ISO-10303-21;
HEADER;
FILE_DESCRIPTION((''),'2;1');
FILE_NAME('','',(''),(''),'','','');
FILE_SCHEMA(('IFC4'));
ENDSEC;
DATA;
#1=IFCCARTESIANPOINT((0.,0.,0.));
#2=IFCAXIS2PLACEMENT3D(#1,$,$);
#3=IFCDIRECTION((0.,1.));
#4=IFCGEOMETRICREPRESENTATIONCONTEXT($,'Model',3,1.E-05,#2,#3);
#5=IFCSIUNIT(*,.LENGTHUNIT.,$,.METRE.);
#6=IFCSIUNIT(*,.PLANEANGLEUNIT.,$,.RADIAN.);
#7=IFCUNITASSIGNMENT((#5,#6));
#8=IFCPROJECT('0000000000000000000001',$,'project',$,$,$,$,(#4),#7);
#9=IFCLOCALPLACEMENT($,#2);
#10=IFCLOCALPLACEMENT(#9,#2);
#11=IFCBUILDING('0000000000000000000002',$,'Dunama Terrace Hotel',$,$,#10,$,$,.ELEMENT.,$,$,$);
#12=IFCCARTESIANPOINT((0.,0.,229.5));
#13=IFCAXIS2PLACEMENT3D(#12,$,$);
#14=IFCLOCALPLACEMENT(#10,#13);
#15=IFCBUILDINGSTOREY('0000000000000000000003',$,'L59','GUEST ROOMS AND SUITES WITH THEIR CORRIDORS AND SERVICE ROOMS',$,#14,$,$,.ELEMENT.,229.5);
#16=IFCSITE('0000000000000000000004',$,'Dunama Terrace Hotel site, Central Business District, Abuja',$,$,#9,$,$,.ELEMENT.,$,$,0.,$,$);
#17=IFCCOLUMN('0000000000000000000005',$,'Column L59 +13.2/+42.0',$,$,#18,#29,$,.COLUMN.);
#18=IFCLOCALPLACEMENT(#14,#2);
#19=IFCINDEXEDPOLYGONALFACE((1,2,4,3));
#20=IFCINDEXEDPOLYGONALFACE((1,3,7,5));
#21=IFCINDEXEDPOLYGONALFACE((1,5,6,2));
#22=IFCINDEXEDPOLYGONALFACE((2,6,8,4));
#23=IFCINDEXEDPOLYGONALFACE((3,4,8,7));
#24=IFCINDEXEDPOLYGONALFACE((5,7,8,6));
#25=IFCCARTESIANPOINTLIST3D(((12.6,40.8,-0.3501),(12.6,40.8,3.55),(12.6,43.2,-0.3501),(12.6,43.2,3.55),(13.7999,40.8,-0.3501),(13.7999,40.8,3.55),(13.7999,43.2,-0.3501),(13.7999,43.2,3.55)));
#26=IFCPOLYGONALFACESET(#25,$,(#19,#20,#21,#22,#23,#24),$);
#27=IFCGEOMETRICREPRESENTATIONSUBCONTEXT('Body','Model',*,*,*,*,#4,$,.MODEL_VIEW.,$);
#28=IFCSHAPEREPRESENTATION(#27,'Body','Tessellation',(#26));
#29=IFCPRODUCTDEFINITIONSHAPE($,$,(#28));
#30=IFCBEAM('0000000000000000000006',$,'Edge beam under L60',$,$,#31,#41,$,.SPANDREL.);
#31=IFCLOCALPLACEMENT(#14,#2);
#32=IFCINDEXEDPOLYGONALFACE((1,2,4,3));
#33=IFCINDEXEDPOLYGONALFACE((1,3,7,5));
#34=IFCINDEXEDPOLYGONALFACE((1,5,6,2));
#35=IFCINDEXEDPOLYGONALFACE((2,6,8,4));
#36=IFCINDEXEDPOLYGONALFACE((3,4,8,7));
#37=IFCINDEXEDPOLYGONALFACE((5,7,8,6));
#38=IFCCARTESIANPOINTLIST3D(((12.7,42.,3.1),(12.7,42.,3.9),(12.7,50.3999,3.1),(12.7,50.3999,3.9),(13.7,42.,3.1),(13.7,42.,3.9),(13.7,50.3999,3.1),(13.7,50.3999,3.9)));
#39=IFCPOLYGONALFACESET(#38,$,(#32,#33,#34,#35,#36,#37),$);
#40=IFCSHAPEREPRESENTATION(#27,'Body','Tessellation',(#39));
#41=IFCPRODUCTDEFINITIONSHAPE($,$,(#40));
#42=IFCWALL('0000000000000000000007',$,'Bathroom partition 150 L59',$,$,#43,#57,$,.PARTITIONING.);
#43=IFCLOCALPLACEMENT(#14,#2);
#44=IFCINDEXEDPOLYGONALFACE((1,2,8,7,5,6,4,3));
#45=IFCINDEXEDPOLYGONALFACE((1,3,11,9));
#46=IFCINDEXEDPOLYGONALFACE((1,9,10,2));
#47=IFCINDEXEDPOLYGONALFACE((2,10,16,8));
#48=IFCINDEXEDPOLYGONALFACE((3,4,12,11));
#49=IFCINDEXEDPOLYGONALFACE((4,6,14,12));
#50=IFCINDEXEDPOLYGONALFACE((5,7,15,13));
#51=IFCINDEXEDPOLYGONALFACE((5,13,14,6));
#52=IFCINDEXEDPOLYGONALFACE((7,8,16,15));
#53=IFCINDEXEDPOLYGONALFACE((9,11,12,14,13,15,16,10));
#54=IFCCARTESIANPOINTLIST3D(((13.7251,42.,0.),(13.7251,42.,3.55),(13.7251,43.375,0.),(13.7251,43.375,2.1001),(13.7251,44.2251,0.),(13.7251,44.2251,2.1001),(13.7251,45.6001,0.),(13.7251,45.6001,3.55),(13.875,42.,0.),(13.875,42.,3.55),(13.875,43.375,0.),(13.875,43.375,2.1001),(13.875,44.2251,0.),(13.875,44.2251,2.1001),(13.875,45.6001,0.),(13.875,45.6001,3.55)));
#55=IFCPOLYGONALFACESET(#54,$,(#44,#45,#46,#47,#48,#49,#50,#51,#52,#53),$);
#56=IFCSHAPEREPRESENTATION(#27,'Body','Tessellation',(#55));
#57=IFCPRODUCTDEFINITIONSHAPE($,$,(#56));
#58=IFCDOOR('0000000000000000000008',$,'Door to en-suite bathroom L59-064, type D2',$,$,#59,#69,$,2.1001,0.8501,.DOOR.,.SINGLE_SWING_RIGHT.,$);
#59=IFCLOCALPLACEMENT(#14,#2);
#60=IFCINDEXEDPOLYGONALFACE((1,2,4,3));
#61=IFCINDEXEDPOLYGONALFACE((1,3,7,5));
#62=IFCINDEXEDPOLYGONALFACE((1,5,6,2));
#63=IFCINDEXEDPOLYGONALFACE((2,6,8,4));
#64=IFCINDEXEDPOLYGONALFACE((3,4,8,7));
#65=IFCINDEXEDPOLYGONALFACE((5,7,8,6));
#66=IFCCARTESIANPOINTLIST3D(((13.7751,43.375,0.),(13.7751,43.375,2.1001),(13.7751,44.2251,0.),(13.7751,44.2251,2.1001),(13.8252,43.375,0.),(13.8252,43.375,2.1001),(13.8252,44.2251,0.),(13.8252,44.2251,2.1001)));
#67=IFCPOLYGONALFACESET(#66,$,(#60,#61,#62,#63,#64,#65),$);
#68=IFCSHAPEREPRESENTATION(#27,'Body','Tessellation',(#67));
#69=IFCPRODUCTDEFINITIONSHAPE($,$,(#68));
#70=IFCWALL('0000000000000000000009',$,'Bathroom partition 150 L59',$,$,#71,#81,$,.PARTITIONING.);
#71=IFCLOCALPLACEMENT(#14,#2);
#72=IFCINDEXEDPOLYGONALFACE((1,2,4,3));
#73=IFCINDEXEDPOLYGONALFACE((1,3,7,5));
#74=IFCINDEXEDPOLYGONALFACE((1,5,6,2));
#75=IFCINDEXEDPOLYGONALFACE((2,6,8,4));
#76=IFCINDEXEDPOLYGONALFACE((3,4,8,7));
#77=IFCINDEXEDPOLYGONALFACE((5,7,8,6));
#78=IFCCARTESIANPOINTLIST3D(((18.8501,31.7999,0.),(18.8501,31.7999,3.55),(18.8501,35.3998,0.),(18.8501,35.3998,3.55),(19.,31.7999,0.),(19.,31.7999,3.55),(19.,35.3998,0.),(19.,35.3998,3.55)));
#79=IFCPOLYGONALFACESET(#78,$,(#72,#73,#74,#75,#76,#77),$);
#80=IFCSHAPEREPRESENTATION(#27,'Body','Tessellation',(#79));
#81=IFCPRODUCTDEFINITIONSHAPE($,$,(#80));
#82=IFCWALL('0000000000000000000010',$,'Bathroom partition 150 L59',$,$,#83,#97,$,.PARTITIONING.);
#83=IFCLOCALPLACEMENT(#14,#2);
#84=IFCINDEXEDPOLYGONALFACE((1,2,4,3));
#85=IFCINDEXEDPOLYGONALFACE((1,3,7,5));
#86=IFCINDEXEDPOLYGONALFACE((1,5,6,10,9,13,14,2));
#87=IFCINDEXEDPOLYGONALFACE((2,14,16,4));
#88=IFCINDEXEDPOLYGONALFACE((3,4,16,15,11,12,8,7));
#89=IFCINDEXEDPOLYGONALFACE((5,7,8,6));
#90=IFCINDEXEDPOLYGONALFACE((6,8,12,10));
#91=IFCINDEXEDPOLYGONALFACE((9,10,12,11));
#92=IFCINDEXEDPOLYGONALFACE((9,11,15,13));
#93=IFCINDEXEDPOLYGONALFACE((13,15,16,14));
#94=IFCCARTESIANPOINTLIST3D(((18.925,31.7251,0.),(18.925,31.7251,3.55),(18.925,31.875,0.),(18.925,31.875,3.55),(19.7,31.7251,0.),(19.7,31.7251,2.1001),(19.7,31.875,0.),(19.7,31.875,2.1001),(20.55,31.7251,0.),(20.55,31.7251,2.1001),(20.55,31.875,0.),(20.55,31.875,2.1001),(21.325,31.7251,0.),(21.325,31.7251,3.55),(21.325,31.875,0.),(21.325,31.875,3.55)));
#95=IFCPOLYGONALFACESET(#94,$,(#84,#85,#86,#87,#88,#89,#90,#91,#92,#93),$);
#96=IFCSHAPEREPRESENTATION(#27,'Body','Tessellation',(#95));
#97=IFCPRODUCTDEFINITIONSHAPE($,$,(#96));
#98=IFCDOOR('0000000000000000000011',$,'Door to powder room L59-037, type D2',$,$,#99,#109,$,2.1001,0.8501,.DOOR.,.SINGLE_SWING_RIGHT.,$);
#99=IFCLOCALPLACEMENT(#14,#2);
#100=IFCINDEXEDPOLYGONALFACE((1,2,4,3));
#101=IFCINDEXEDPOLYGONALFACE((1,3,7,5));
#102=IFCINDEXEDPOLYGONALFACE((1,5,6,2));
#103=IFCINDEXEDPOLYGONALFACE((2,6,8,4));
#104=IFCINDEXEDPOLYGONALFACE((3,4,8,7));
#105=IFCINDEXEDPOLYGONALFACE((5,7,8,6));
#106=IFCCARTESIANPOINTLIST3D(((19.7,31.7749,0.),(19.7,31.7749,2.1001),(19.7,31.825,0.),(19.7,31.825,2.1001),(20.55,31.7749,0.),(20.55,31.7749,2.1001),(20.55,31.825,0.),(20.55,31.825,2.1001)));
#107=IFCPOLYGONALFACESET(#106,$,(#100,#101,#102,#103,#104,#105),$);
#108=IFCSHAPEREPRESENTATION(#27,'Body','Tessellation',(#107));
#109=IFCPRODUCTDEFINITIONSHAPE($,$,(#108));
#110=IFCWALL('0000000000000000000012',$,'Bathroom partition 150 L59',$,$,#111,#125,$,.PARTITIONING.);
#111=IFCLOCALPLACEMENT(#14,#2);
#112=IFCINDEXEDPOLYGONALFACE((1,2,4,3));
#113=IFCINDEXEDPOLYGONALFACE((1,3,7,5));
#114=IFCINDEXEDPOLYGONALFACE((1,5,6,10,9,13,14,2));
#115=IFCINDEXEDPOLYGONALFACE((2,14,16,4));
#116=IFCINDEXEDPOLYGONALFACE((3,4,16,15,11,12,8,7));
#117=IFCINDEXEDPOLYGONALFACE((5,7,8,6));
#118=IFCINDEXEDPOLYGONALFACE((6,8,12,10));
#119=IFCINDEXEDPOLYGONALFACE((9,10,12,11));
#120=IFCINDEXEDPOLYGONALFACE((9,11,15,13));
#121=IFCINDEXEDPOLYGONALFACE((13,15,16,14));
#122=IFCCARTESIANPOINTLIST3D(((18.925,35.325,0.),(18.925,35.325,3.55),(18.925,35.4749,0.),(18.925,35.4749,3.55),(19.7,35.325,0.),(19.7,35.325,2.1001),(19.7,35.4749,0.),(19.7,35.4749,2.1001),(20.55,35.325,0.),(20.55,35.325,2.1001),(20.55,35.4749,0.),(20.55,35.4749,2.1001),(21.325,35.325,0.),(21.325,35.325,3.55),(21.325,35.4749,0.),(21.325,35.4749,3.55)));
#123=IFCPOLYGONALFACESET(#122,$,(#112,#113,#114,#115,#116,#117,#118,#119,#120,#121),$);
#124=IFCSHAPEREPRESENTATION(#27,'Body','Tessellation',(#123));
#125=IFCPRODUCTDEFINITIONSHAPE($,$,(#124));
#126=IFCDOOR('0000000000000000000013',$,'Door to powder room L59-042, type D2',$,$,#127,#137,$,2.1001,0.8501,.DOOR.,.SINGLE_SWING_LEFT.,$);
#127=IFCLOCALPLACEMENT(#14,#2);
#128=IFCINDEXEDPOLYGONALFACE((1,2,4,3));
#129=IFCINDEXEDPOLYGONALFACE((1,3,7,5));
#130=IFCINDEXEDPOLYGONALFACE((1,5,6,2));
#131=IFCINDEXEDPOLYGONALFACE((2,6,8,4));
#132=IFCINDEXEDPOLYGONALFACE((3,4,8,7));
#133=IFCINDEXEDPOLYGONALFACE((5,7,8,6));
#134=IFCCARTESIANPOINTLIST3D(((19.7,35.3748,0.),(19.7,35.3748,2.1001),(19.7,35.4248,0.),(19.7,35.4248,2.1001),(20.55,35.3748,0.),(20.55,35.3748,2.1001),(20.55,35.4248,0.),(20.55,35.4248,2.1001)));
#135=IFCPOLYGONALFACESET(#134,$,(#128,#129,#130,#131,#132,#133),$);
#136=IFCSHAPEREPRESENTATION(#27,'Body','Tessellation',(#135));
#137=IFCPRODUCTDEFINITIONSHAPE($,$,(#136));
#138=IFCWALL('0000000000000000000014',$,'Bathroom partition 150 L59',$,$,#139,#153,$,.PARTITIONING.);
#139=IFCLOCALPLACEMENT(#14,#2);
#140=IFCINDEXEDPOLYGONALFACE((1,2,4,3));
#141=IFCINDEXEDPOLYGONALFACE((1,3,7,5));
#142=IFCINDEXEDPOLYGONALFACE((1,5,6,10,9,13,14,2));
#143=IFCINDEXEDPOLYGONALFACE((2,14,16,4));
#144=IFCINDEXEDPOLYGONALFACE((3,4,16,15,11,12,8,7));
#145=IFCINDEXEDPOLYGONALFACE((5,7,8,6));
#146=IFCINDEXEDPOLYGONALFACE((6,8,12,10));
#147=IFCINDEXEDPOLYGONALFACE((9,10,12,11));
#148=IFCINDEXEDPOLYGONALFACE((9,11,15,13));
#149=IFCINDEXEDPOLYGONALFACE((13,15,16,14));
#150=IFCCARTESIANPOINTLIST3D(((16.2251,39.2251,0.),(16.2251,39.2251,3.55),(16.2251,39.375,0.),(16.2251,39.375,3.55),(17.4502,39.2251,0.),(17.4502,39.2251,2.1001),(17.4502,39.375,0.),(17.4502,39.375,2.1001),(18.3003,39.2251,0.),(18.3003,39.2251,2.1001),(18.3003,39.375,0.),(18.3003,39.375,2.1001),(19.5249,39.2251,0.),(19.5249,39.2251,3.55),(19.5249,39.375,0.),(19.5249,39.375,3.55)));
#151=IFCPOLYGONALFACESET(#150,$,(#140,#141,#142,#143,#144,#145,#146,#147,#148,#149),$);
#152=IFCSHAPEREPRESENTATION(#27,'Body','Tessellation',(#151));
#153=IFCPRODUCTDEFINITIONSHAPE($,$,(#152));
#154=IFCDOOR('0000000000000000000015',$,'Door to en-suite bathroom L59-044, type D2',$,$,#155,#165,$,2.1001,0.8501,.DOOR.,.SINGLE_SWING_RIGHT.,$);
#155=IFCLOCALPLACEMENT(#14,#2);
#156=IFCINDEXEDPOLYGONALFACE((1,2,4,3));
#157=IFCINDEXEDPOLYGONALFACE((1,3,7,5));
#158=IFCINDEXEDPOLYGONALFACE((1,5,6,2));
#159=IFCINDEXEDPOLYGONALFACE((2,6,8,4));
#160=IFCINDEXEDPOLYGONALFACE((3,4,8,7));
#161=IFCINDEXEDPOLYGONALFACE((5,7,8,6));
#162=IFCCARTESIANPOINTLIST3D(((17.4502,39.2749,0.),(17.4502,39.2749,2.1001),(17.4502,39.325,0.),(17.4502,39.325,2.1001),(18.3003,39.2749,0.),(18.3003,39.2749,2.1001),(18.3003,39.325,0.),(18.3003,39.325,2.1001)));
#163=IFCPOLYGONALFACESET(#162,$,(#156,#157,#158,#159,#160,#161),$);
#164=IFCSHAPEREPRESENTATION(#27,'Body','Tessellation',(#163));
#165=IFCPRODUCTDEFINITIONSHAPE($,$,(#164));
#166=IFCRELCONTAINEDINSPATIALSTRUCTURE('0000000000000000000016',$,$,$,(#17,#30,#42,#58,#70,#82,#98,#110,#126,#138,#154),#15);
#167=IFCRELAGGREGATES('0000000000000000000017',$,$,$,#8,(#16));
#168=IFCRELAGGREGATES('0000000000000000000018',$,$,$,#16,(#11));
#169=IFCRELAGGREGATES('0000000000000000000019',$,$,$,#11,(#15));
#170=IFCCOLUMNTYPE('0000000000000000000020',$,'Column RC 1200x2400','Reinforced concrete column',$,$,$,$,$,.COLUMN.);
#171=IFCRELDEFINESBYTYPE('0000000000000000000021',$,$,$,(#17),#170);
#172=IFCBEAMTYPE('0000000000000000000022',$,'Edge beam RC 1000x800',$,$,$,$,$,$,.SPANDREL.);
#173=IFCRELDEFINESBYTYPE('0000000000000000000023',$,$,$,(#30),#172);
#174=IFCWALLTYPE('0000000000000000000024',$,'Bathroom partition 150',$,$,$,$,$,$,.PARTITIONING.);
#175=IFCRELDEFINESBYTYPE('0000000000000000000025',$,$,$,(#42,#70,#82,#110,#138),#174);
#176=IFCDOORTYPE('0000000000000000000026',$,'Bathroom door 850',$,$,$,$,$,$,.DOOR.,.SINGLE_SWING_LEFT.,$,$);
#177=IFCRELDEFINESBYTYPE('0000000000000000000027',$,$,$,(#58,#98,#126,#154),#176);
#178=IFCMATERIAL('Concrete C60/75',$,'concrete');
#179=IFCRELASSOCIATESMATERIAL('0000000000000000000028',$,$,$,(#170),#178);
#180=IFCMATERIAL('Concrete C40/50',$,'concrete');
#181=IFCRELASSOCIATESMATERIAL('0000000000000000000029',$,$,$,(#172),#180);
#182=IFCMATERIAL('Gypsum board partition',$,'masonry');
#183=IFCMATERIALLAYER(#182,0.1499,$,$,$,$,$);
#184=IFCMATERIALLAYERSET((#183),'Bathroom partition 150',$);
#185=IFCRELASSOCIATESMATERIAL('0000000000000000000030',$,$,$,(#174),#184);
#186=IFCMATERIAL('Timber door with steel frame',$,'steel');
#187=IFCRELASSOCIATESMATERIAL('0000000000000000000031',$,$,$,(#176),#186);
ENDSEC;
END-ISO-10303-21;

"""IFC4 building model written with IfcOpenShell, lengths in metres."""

from ifc_helpers import new_model, si_unit, direction, frame, frame_2d, origin, origin_2d, place, context, subcontext, project, spatial, rectangle, extrude, material, layer, layer_set, material_profile, profile_set, type_object, element, fill, save


model = new_model("IFC4")

# Units and contexts
model_context = context("Model", 3, precision=1e-05, world=origin(), true_north=direction((0.0, 1.0)))
body_context = subcontext(model_context, "Body", "Model", "MODEL_VIEW")
ifc_project = project(units=[si_unit("LENGTHUNIT", "METRE"), si_unit("PLANEANGLEUNIT", "RADIAN")], contexts=[model_context])

# Site, building, storey
site_placement = place(None, origin())
site = spatial("IfcSite", under=ifc_project, at=site_placement, Name="Dunama Terrace Hotel site, Central Business District, Abuja", CompositionType="ELEMENT", RefElevation=0.0)
building_placement = place(site_placement, origin())
building = spatial("IfcBuilding", under=site, at=building_placement, Name="Dunama Terrace Hotel", CompositionType="ELEMENT")
storey_placement = place(building_placement, frame((0.0, 0.0, 229.5)))
storey = spatial("IfcBuildingStorey", under=building, at=storey_placement, Name="L59", Description="GUEST ROOMS AND SUITES WITH THEIR CORRIDORS AND SERVICE ROOMS", CompositionType="ELEMENT", Elevation=229.5)

# Column
ifc_material_1 = material(Name="Concrete C60/75", Category="concrete")
ifc_material_profile_1 = material_profile(ifc_material_1, rectangle(XDim=1.2, YDim=2.3999, at=origin_2d()), Name="RC 1200x2400")
ifc_profile_set_1 = profile_set([ifc_material_profile_1], Name="Concrete C60/75")
column_type = type_object("IfcColumnType", Name="Column RC 1200x2400", Description="Reinforced concrete column", PredefinedType="COLUMN", material=ifc_profile_set_1)
column_placement = place(storey_placement, frame((13.2, 42.0, -0.3501), z_axis=(0.0, 0.0, 1.0), x_axis=(1.0, 0.0, 0.0)))
element("IfcColumn", 1, at=column_placement, inside=storey, type_object=column_type, Name="Column L59 +13.2/+42.0", PredefinedType="COLUMN", context=body_context, shape_type="SweptSolid", body=[
    extrude(rectangle(XDim=1.2, YDim=2.3999, at=origin_2d()), origin(), (0.0, 0.0, 1.0), 3.9001),
])

# Beam
ifc_material_2 = material(Name="Concrete C40/50", Category="concrete")
ifc_material_profile_2 = material_profile(ifc_material_2, rectangle(XDim=1.0, YDim=0.8, at=origin_2d()), Name="RC 1000x800")
ifc_profile_set_2 = profile_set([ifc_material_profile_2], Name="Concrete C40/50")
beam_type = type_object("IfcBeamType", Name="Edge beam RC 1000x800", PredefinedType="SPANDREL", material=ifc_profile_set_2)
beam_placement = place(storey_placement, frame((13.2, 42.0, 3.5), z_axis=(0.0, 1.0, 0.0), x_axis=(-1.0, 0.0, 0.0)))
element("IfcBeam", 2, at=beam_placement, inside=storey, type_object=beam_type, Name="Edge beam under L60", PredefinedType="SPANDREL", context=body_context, shape_type="SweptSolid", body=[
    extrude(rectangle(XDim=1.0, YDim=0.8, at=origin_2d()), origin(), (0.0, 0.0, 1.0), 8.3999),
])

# Wall, opening, door
ifc_material_3 = material(Name="Gypsum board partition", Category="masonry")
ifc_layer_1 = layer(ifc_material_3, 0.1499)
ifc_layer_set_1 = layer_set([ifc_layer_1], Name="Bathroom partition 150")
wall_type_1 = type_object("IfcWallType", Name="Bathroom partition 150", PredefinedType="PARTITIONING", material=ifc_layer_set_1)
wall_1_placement = place(storey_placement, frame((13.8, 42.0, 0.0), z_axis=(0.0, 0.0, 1.0), x_axis=(0.0, 1.0, 0.0)))
wall_1 = element("IfcWall", 3, at=wall_1_placement, inside=storey, type_object=wall_type_1, Name="Bathroom partition 150 L59", PredefinedType="PARTITIONING", context=body_context, shape_type="SweptSolid", body=[
    extrude(rectangle(XDim=3.6001, YDim=0.1499, at=frame_2d((1.8, 0.0))), origin(), (0.0, 0.0, 1.0), 3.55),
])
opening_1_placement = place(wall_1_placement, frame((1.375, 0.0, 0.0)))
opening_1 = element("IfcOpeningElement", 4, at=opening_1_placement, cuts=wall_1, PredefinedType="OPENING", context=body_context, shape_type="SweptSolid", body=[
    extrude(rectangle(XDim=0.8501, YDim=2.1001, at=frame_2d((0.425, 1.05))), frame((0.0, 0.085, 0.0), z_axis=(0.0, -1.0, 0.0), x_axis=(1.0, 0.0, 0.0)), (0.0, 0.0, 1.0), 0.1699),
])
ifc_material_4 = material(Name="Timber door with steel frame", Category="steel")
door_type_1 = type_object("IfcDoorType", Name="Bathroom door 850", OperationType="SINGLE_SWING_LEFT", PredefinedType="DOOR", material=ifc_material_4)
door_1_placement = place(opening_1_placement, frame((0.8501, 0.0, 0.0), z_axis=(0.0, 0.0, 1.0), x_axis=(-1.0, 0.0, 0.0)))
door_1 = element("IfcDoor", 5, at=door_1_placement, inside=storey, type_object=door_type_1, Name="Door to en-suite bathroom L59-064, type D2", OperationType="SINGLE_SWING_RIGHT", OverallHeight=2.1001, OverallWidth=0.8501, PredefinedType="DOOR", context=body_context, shape_type="SweptSolid", body=[
    extrude(rectangle(XDim=0.8501, YDim=2.1001, at=frame_2d((0.425, 1.05))), frame((0.0, 0.0251, 0.0), z_axis=(0.0, -1.0, 0.0), x_axis=(1.0, 0.0, 0.0)), (0.0, 0.0, 1.0), 0.05),
])
fill(opening_1, door_1)

# Wall
wall_2_placement = place(storey_placement, frame((18.925, 31.8, 0.0), z_axis=(0.0, 0.0, 1.0), x_axis=(0.0, 1.0, 0.0)))
element("IfcWall", 6, at=wall_2_placement, inside=storey, type_object=wall_type_1, Name="Bathroom partition 150 L59", PredefinedType="PARTITIONING", context=body_context, shape_type="SweptSolid", body=[
    extrude(rectangle(XDim=3.5999, YDim=0.1499, at=frame_2d((1.7998, 0.0))), origin(), (0.0, 0.0, 1.0), 3.55),
])

# Walls, openings, doors
wall_3_placement = place(storey_placement, frame((18.925, 31.8, 0.0), z_axis=(0.0, 0.0, 1.0), x_axis=(1.0, 0.0, 0.0)))
wall_3 = element("IfcWall", 7, at=wall_3_placement, inside=storey, type_object=wall_type_1, Name="Bathroom partition 150 L59", PredefinedType="PARTITIONING", context=body_context, shape_type="SweptSolid", body=[
    extrude(rectangle(XDim=2.3999, YDim=0.1499, at=frame_2d((1.2, 0.0))), origin(), (0.0, 0.0, 1.0), 3.55),
])
opening_2_placement = place(wall_3_placement, frame((0.7749, 0.0, 0.0)))
opening_2 = element("IfcOpeningElement", 8, at=opening_2_placement, cuts=wall_3, PredefinedType="OPENING", context=body_context, shape_type="SweptSolid", body=[
    extrude(rectangle(XDim=0.8501, YDim=2.1001, at=frame_2d((0.425, 1.05))), frame((0.0, 0.085, 0.0), z_axis=(0.0, -1.0, 0.0), x_axis=(1.0, 0.0, 0.0)), (0.0, 0.0, 1.0), 0.1699),
])
door_2_placement = place(opening_2_placement, origin())
door_2 = element("IfcDoor", 9, at=door_2_placement, inside=storey, type_object=door_type_1, Name="Door to powder room L59-037, type D2", OperationType="SINGLE_SWING_RIGHT", OverallHeight=2.1001, OverallWidth=0.8501, PredefinedType="DOOR", context=body_context, shape_type="SweptSolid", body=[
    extrude(rectangle(XDim=0.8501, YDim=2.1001, at=frame_2d((0.425, 1.05))), frame((0.0, 0.0249, 0.0), z_axis=(0.0, -1.0, 0.0), x_axis=(1.0, 0.0, 0.0)), (0.0, 0.0, 1.0), 0.05),
])
fill(opening_2, door_2)
wall_4_placement = place(storey_placement, frame((18.925, 35.3999, 0.0), z_axis=(0.0, 0.0, 1.0), x_axis=(1.0, 0.0, 0.0)))
wall_4 = element("IfcWall", 10, at=wall_4_placement, inside=storey, type_object=wall_type_1, Name="Bathroom partition 150 L59", PredefinedType="PARTITIONING", context=body_context, shape_type="SweptSolid", body=[
    extrude(rectangle(XDim=2.3999, YDim=0.1499, at=frame_2d((1.2, 0.0))), origin(), (0.0, 0.0, 1.0), 3.55),
])
opening_3_placement = place(wall_4_placement, frame((0.7749, 0.0, 0.0)))
opening_3 = element("IfcOpeningElement", 11, at=opening_3_placement, cuts=wall_4, PredefinedType="OPENING", context=body_context, shape_type="SweptSolid", body=[
    extrude(rectangle(XDim=0.8501, YDim=2.1001, at=frame_2d((0.425, 1.05))), frame((0.0, 0.085, 0.0), z_axis=(0.0, -1.0, 0.0), x_axis=(1.0, 0.0, 0.0)), (0.0, 0.0, 1.0), 0.1699),
])
door_3_placement = place(opening_3_placement, frame((0.8501, 0.0, 0.0), z_axis=(0.0, 0.0, 1.0), x_axis=(-1.0, 0.0, 0.0)))
door_3 = element("IfcDoor", 12, at=door_3_placement, inside=storey, type_object=door_type_1, Name="Door to powder room L59-042, type D2", OperationType="SINGLE_SWING_LEFT", OverallHeight=2.1001, OverallWidth=0.8501, PredefinedType="DOOR", context=body_context, shape_type="SweptSolid", body=[
    extrude(rectangle(XDim=0.8501, YDim=2.1001, at=frame_2d((0.425, 1.05))), frame((0.0, 0.0251, 0.0), z_axis=(0.0, -1.0, 0.0), x_axis=(1.0, 0.0, 0.0)), (0.0, 0.0, 1.0), 0.05),
])
fill(opening_3, door_3)
wall_5_placement = place(storey_placement, frame((16.2251, 39.3, 0.0), z_axis=(0.0, 0.0, 1.0), x_axis=(1.0, 0.0, 0.0)))
wall_5 = element("IfcWall", 13, at=wall_5_placement, inside=storey, type_object=wall_type_1, Name="Bathroom partition 150 L59", PredefinedType="PARTITIONING", context=body_context, shape_type="SweptSolid", body=[
    extrude(rectangle(XDim=3.2998, YDim=0.1499, at=frame_2d((1.6499, 0.0))), origin(), (0.0, 0.0, 1.0), 3.55),
])
opening_4_placement = place(wall_5_placement, frame((1.2251, 0.0, 0.0)))
opening_4 = element("IfcOpeningElement", 14, at=opening_4_placement, cuts=wall_5, PredefinedType="OPENING", context=body_context, shape_type="SweptSolid", body=[
    extrude(rectangle(XDim=0.8501, YDim=2.1001, at=frame_2d((0.425, 1.05))), frame((0.0, 0.085, 0.0), z_axis=(0.0, -1.0, 0.0), x_axis=(1.0, 0.0, 0.0)), (0.0, 0.0, 1.0), 0.1699),
])
door_4_placement = place(opening_4_placement, origin())
door_4 = element("IfcDoor", 15, at=door_4_placement, inside=storey, type_object=door_type_1, Name="Door to en-suite bathroom L59-044, type D2", OperationType="SINGLE_SWING_RIGHT", OverallHeight=2.1001, OverallWidth=0.8501, PredefinedType="DOOR", context=body_context, shape_type="SweptSolid", body=[
    extrude(rectangle(XDim=0.8501, YDim=2.1001, at=frame_2d((0.425, 1.05))), frame((0.0, 0.0249, 0.0), z_axis=(0.0, -1.0, 0.0), x_axis=(1.0, 0.0, 0.0)), (0.0, 0.0, 1.0), 0.05),
])
fill(opening_4, door_4)

save(model, "model.ifc")
